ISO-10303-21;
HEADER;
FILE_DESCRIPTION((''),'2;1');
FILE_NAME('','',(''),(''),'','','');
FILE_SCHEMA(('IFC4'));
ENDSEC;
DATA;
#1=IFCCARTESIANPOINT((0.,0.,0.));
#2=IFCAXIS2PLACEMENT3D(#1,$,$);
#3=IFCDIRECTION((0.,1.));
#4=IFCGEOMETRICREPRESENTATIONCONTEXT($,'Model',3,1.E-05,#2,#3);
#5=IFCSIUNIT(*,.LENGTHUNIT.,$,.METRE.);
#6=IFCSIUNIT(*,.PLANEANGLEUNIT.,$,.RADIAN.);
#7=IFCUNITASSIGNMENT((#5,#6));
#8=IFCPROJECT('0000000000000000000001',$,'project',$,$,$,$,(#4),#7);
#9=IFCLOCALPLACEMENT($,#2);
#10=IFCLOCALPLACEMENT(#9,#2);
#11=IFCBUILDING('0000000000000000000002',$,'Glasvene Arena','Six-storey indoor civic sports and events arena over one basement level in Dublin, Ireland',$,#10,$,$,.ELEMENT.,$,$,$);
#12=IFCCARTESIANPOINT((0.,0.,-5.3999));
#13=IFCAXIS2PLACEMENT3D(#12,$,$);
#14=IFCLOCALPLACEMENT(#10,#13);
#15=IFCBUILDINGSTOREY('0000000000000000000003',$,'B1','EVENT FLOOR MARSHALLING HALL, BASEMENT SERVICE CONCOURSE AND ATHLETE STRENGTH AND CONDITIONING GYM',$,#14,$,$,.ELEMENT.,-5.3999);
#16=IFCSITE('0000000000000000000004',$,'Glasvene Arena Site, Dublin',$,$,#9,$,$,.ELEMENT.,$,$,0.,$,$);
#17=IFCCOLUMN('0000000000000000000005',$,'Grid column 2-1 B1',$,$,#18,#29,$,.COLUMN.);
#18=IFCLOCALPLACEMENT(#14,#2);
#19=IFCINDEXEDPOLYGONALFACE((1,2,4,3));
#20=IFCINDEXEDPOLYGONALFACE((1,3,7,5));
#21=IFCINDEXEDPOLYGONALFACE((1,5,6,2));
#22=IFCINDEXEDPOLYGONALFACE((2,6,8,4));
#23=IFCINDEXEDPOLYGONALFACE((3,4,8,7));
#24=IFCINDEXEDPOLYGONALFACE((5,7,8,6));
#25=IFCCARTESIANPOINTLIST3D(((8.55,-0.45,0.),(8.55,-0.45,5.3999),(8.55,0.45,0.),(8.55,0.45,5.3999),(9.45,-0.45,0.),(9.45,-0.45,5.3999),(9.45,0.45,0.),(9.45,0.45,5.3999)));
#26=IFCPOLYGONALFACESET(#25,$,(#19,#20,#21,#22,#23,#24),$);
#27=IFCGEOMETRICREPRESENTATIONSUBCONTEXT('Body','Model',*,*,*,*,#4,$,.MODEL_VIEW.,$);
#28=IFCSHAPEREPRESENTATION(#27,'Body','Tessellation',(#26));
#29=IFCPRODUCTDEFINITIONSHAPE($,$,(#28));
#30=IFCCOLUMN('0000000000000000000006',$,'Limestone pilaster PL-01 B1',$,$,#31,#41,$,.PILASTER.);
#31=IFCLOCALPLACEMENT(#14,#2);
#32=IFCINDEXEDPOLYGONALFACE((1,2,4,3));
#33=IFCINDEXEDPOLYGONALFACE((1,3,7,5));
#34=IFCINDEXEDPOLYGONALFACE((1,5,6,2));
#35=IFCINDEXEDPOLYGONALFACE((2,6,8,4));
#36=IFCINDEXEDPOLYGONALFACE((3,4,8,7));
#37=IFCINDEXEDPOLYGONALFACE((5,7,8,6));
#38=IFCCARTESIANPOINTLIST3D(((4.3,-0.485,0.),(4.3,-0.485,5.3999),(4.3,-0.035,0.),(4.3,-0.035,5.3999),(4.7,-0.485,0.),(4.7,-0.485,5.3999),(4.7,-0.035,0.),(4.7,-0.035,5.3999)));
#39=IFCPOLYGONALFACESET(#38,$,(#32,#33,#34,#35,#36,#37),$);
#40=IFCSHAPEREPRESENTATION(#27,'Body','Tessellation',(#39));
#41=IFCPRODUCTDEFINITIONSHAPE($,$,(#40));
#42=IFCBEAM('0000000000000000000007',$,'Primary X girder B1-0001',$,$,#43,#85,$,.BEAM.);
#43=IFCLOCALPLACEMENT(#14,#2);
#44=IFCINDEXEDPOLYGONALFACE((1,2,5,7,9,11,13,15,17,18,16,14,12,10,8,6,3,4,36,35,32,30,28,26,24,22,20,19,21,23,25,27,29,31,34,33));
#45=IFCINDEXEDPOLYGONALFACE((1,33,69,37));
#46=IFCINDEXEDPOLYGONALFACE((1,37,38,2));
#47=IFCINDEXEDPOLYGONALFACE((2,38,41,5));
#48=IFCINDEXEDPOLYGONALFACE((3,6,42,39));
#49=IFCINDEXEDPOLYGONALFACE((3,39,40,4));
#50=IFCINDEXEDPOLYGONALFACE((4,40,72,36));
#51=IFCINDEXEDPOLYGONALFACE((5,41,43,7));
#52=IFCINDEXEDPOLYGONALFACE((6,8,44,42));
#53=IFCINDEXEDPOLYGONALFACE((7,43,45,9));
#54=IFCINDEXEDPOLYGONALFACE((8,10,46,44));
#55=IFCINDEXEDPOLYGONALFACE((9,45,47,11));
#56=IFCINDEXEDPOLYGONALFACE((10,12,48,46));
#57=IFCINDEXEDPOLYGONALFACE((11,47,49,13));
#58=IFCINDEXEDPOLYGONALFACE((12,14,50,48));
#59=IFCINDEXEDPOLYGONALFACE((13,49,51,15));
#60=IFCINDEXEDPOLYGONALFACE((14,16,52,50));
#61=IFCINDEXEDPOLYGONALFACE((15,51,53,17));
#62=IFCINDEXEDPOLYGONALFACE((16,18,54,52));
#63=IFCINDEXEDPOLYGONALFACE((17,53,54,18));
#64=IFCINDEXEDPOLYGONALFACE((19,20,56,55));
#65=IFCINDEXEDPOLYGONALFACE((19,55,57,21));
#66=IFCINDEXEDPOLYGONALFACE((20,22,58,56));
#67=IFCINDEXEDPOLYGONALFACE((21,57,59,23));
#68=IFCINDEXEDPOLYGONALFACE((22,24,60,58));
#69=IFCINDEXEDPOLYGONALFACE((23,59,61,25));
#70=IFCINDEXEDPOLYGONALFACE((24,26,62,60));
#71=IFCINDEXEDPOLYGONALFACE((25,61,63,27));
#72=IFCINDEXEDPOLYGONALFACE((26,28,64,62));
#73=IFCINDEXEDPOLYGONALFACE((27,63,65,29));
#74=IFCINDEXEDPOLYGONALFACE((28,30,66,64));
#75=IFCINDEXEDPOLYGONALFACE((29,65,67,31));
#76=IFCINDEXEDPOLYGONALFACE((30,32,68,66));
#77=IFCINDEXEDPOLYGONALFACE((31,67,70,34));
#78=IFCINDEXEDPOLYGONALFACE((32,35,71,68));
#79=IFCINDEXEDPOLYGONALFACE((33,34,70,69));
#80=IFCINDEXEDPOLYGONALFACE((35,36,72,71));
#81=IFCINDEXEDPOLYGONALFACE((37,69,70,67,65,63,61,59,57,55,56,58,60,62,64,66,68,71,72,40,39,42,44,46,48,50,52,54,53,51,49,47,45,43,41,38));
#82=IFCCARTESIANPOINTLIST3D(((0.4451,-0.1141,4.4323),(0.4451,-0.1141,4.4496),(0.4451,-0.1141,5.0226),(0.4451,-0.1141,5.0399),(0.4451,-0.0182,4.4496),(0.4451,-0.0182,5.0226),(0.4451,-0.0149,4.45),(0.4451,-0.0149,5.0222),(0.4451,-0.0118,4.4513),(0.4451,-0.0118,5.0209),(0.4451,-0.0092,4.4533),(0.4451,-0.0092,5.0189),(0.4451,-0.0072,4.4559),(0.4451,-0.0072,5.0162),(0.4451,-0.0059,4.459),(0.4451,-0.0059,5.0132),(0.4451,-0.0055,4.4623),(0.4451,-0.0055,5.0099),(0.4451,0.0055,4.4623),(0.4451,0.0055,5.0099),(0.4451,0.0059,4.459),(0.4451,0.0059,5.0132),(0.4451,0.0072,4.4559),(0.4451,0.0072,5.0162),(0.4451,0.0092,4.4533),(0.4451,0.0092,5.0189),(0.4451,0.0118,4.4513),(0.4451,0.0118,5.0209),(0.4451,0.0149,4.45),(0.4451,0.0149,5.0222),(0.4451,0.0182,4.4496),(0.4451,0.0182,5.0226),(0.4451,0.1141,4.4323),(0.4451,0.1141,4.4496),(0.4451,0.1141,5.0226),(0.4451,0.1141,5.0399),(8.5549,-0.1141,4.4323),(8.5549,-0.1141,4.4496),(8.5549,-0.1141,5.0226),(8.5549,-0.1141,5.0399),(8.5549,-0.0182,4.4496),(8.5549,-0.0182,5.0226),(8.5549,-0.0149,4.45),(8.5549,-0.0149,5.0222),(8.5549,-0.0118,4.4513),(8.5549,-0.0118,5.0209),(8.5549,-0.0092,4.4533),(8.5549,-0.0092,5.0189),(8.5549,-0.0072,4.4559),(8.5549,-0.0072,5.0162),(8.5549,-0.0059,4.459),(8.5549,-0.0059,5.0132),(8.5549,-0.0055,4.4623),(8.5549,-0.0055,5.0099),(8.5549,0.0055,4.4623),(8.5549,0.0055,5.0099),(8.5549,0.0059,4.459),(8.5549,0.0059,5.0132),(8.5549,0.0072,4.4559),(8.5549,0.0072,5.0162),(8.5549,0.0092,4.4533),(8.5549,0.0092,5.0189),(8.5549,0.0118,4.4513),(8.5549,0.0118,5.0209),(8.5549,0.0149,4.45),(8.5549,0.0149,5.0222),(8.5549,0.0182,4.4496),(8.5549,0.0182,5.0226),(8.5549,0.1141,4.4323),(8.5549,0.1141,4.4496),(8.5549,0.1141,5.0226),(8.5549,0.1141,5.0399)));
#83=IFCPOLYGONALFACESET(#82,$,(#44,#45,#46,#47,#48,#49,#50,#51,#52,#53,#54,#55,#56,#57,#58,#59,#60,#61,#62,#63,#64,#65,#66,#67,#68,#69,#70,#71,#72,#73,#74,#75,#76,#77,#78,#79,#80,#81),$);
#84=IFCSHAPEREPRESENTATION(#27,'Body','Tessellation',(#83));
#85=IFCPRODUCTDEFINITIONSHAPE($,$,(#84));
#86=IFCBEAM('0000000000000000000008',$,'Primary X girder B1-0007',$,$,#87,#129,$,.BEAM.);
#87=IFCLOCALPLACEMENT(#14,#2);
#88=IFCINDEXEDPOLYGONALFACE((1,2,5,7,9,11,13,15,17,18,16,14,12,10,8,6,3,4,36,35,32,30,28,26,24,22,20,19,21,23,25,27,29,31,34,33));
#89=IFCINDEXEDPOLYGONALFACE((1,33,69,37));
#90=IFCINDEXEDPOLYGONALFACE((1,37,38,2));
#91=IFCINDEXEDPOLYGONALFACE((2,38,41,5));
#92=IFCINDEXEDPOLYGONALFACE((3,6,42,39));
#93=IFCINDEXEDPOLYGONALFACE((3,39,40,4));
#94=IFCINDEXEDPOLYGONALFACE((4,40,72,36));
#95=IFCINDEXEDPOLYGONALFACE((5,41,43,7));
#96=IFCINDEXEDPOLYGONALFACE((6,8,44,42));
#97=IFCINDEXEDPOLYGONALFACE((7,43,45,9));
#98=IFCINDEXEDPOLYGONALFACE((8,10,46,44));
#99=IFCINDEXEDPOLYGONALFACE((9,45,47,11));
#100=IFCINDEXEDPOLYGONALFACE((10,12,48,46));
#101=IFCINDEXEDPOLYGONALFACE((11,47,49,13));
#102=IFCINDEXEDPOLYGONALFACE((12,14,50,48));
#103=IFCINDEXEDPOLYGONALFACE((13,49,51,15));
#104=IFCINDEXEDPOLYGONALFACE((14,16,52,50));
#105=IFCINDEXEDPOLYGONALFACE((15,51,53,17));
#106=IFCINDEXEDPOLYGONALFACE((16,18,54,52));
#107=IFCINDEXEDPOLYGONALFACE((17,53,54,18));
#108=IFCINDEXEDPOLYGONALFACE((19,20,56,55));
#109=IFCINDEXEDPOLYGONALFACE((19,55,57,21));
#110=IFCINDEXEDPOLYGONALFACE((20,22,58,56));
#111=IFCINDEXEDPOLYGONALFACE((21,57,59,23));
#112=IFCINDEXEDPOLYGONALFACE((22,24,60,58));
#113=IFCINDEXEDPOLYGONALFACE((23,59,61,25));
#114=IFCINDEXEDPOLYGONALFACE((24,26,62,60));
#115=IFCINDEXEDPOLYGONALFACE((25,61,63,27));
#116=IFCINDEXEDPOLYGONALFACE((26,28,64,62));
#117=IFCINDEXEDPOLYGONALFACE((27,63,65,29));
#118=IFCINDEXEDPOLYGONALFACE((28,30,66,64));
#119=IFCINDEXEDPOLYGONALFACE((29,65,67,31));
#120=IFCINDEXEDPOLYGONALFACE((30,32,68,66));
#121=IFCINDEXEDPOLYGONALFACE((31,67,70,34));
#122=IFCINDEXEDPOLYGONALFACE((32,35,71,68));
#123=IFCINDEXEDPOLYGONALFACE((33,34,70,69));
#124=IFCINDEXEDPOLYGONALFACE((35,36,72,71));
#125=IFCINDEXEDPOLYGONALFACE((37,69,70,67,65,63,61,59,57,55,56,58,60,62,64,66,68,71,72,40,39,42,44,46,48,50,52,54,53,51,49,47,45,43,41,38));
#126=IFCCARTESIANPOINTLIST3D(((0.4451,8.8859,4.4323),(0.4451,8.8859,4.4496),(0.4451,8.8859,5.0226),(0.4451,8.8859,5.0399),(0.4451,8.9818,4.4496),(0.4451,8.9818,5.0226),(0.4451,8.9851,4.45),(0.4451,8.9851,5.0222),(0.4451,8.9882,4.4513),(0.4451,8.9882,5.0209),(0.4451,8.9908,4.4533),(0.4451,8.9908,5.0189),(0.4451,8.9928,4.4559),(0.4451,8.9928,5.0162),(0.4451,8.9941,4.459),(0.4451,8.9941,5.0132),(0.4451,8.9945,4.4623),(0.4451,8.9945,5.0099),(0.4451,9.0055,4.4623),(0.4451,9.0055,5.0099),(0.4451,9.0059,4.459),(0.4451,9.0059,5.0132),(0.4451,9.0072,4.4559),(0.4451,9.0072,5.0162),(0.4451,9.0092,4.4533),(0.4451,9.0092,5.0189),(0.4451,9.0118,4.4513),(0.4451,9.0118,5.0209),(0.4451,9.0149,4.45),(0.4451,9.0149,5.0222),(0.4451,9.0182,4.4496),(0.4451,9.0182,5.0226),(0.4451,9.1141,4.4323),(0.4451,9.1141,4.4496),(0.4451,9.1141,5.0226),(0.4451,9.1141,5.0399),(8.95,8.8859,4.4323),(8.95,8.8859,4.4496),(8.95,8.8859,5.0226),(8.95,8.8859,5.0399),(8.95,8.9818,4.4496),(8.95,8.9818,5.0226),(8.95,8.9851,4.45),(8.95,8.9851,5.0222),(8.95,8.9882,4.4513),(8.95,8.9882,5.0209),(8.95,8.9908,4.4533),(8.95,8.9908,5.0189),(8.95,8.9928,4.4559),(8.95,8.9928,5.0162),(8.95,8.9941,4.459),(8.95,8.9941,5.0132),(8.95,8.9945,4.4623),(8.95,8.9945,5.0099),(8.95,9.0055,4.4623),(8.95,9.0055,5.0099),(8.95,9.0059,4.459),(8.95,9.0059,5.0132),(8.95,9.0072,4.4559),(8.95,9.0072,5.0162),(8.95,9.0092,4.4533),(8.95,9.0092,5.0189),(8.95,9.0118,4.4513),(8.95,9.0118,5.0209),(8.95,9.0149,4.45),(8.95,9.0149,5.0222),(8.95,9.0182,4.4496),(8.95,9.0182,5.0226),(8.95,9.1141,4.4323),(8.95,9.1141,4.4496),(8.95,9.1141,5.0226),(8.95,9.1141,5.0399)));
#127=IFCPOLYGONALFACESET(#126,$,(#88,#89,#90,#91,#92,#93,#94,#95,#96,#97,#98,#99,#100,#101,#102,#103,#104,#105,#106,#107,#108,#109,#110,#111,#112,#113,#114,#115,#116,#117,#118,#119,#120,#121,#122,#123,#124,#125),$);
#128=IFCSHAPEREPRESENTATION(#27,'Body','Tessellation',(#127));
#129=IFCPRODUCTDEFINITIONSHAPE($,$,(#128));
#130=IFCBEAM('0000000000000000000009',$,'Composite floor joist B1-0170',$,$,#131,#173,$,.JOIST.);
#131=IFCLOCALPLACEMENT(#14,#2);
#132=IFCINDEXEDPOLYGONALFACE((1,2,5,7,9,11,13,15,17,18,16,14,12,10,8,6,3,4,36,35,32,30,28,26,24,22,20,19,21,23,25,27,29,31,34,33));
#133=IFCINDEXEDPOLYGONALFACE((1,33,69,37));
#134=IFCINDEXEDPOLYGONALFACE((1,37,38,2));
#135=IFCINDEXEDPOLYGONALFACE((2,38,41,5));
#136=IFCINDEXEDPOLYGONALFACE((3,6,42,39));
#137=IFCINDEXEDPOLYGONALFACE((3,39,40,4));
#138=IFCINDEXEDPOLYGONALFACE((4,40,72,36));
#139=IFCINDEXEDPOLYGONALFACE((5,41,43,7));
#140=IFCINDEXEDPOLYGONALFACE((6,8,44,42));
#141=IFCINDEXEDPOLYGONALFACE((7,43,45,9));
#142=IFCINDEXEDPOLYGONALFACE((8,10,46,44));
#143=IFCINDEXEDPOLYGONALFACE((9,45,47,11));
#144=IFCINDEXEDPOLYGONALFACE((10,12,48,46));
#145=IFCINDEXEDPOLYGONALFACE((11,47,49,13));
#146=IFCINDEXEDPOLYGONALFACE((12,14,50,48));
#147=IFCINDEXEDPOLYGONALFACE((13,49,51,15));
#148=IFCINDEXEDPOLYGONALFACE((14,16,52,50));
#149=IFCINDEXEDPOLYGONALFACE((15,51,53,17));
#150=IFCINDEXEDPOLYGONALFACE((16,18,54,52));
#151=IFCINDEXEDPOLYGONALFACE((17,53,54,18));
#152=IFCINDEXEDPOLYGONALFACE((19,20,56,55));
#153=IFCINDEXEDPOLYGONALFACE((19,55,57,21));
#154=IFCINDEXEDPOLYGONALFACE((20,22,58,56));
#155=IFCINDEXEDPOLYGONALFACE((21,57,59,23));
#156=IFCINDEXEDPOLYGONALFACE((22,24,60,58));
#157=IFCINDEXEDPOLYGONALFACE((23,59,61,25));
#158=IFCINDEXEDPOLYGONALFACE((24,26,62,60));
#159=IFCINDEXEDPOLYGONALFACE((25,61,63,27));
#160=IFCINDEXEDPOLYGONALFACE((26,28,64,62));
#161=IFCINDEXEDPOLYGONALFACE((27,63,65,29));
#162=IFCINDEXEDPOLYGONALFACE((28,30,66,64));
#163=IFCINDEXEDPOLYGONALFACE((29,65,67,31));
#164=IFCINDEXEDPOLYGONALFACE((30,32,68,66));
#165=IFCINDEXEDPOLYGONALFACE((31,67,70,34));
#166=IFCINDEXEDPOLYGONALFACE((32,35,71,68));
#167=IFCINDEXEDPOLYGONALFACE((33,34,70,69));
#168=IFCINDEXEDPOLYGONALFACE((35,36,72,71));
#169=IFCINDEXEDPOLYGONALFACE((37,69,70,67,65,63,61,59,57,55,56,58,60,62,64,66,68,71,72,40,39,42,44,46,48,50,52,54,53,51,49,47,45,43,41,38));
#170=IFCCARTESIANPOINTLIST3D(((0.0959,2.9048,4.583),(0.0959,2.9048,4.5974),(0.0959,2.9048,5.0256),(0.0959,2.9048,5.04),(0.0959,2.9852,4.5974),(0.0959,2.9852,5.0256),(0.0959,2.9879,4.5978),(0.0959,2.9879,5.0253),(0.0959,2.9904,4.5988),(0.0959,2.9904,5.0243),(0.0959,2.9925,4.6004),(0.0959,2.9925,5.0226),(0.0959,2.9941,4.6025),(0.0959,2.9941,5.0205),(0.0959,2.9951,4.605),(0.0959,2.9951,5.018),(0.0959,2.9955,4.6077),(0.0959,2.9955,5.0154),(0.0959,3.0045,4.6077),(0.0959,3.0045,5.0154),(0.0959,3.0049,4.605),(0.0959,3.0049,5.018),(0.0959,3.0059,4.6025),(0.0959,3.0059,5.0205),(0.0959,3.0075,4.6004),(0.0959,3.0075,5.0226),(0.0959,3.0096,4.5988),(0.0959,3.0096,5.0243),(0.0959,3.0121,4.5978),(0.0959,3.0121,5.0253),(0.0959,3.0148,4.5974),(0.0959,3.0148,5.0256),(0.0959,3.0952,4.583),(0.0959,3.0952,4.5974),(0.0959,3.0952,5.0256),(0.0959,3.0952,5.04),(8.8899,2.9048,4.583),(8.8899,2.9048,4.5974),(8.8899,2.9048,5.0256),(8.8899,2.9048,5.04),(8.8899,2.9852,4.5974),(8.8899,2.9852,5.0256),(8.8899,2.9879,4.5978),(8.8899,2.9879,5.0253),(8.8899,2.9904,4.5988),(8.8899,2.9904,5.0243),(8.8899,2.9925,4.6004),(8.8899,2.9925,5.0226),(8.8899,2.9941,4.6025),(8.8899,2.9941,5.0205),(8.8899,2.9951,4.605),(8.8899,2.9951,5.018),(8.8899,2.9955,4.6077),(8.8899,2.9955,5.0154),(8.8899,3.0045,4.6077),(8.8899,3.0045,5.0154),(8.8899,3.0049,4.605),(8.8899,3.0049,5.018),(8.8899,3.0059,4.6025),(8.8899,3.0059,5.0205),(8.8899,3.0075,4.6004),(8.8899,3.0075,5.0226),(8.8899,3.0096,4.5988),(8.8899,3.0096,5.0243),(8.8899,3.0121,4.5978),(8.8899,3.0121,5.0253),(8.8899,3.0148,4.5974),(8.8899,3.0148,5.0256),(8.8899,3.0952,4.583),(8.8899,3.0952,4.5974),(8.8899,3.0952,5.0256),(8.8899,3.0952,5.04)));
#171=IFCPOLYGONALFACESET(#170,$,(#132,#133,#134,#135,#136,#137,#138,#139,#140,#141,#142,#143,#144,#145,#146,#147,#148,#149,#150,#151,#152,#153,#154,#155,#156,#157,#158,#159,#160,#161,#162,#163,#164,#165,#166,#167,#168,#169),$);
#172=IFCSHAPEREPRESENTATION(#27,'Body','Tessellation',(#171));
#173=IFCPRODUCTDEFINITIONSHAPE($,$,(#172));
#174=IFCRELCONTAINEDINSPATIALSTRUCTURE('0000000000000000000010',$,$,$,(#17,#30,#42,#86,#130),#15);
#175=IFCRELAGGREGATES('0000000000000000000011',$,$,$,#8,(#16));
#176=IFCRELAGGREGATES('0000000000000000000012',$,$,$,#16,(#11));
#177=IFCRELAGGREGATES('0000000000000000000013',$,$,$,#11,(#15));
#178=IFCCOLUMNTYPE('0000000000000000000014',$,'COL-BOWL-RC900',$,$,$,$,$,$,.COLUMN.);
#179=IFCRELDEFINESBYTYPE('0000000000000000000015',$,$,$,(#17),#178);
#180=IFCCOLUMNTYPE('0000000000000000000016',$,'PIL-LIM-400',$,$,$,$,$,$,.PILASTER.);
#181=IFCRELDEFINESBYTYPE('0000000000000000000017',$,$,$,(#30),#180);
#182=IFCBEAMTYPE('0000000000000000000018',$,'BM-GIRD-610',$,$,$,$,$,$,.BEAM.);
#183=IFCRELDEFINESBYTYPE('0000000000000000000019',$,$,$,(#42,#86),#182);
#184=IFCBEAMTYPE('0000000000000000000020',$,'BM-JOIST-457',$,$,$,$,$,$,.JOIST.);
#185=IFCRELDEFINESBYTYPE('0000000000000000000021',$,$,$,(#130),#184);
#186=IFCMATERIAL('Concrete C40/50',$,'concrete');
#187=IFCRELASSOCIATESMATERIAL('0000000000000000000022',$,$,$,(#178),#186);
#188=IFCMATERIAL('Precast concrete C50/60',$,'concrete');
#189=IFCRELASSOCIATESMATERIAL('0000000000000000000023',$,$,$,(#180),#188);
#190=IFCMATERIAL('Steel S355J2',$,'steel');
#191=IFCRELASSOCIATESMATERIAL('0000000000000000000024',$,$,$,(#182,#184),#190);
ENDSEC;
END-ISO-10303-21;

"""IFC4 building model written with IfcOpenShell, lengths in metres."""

from ifc_helpers import new_model, si_unit, direction, frame, origin, origin_2d, place, context, subcontext, project, spatial, rectangle, i_section, extrude, material, material_profile, profile_set, type_object, element, save


model = new_model("IFC4")

# Units and contexts
model_context = context("Model", 3, precision=1e-05, world=origin(), true_north=direction((0.0, 1.0)))
body_context = subcontext(model_context, "Body", "Model", "MODEL_VIEW")
ifc_project = project(units=[si_unit("LENGTHUNIT", "METRE"), si_unit("PLANEANGLEUNIT", "RADIAN")], contexts=[model_context])

# Site, building, storey
site_placement = place(None, origin())
site = spatial("IfcSite", under=ifc_project, at=site_placement, Name="Glasvene Arena Site, Dublin", CompositionType="ELEMENT", RefElevation=0.0)
building_placement = place(site_placement, origin())
building = spatial("IfcBuilding", under=site, at=building_placement, Name="Glasvene Arena", Description="Six-storey indoor civic sports and events arena over one basement level in Dublin, Ireland", CompositionType="ELEMENT")
storey_placement = place(building_placement, frame((0.0, 0.0, -5.3999)))
storey = spatial("IfcBuildingStorey", under=building, at=storey_placement, Name="B1", Description="EVENT FLOOR MARSHALLING HALL, BASEMENT SERVICE CONCOURSE AND ATHLETE STRENGTH AND CONDITIONING GYM", CompositionType="ELEMENT", Elevation=-5.3999)

# Shared definitions
ifc_material_1 = material(Name="Concrete C40/50", Category="concrete")

# Columns
ifc_material_profile_1 = material_profile(ifc_material_1, rectangle(XDim=0.8999, YDim=0.8999, at=origin_2d()), Name="RC 900x900")
ifc_profile_set_1 = profile_set([ifc_material_profile_1], Name="Concrete C40/50")
column_type_1 = type_object("IfcColumnType", Name="COL-BOWL-RC900", PredefinedType="COLUMN", material=ifc_profile_set_1)
for number, where, z_axis, x_axis, name in (
    (1, (9.0, 0.0, 0.0), (0.0, 0.0, 1.0), (1.0, 0.0, 0.0), "Grid column 2-1 B1"),
):
    element("IfcColumn", number, at=place(storey_placement, frame(where, z_axis=z_axis, x_axis=x_axis)), inside=storey, type_object=column_type_1, Name=name, PredefinedType="COLUMN", context=body_context, shape_type="SweptSolid", body=[
        extrude(rectangle(XDim=0.8999, YDim=0.8999, at=origin_2d()), origin(), (0.0, 0.0, 1.0), 5.3999),
    ])
ifc_material_2 = material(Name="Precast concrete C50/60", Category="concrete")
ifc_material_profile_2 = material_profile(ifc_material_2, rectangle(XDim=0.3999, YDim=0.45, at=origin_2d()), Name="RC 400x450")
ifc_profile_set_2 = profile_set([ifc_material_profile_2], Name="Precast concrete C50/60")
column_type_2 = type_object("IfcColumnType", Name="PIL-LIM-400", PredefinedType="PILASTER", material=ifc_profile_set_2)
column_placement = place(storey_placement, frame((4.5, -0.26, 0.0), z_axis=(0.0, 0.0, 1.0), x_axis=(1.0, 0.0, 0.0)))
element("IfcColumn", 2, at=column_placement, inside=storey, type_object=column_type_2, Name="Limestone pilaster PL-01 B1", PredefinedType="PILASTER", context=body_context, shape_type="SweptSolid", body=[
    extrude(rectangle(XDim=0.3999, YDim=0.45, at=origin_2d()), origin(), (0.0, 0.0, 1.0), 5.3999),
])

# Beams
ifc_material_3 = material(Name="Steel S355J2", Category="steel")
ifc_material_profile_3 = material_profile(ifc_material_3, i_section(OverallWidth=0.2283, OverallDepth=0.6077, WebThickness=0.011, FlangeThickness=0.0173, FilletRadius=0.0127, at=origin_2d()), Name="UKB 610x229x113")
ifc_profile_set_3 = profile_set([ifc_material_profile_3], Name="Steel S355J2")
beam_type_1 = type_object("IfcBeamType", Name="BM-GIRD-610", PredefinedType="BEAM", material=ifc_profile_set_3)
beam_1_placement = place(storey_placement, frame((0.4451, 0.0, 4.7361), z_axis=(1.0, 0.0, 0.0), x_axis=(0.0, 1.0, 0.0)))
element("IfcBeam", 3, at=beam_1_placement, inside=storey, type_object=beam_type_1, Name="Primary X girder B1-0001", PredefinedType="BEAM", context=body_context, shape_type="SweptSolid", body=[
    extrude(i_section(OverallWidth=0.2283, OverallDepth=0.6077, WebThickness=0.011, FlangeThickness=0.0173, FilletRadius=0.0127, at=origin_2d()), origin(), (0.0, 0.0, 1.0), 8.1099),
])
beam_2_placement = place(storey_placement, frame((0.4451, 9.0, 4.7361), z_axis=(1.0, 0.0, 0.0), x_axis=(0.0, 1.0, 0.0)))
element("IfcBeam", 4, at=beam_2_placement, inside=storey, type_object=beam_type_1, Name="Primary X girder B1-0007", PredefinedType="BEAM", context=body_context, shape_type="SweptSolid", body=[
    extrude(i_section(OverallWidth=0.2283, OverallDepth=0.6077, WebThickness=0.011, FlangeThickness=0.0173, FilletRadius=0.0127, at=origin_2d()), origin(), (0.0, 0.0, 1.0), 8.5049),
])
ifc_material_profile_4 = material_profile(ifc_material_3, i_section(OverallWidth=0.1904, OverallDepth=0.457, WebThickness=0.009, FlangeThickness=0.0144, FilletRadius=0.0103, at=origin_2d()), Name="UKB 457x191x74")
ifc_profile_set_4 = profile_set([ifc_material_profile_4], Name="Steel S355J2")
beam_type_2 = type_object("IfcBeamType", Name="BM-JOIST-457", PredefinedType="JOIST", material=ifc_profile_set_4)
for number, where, z_axis, x_axis, name in (
    (5, (0.0959, 3.0, 4.8115), (1.0, 0.0, 0.0), (0.0, 1.0, 0.0), "Composite floor joist B1-0170"),
):
    element("IfcBeam", number, at=place(storey_placement, frame(where, z_axis=z_axis, x_axis=x_axis)), inside=storey, type_object=beam_type_2, Name=name, PredefinedType="JOIST", context=body_context, shape_type="SweptSolid", body=[
        extrude(i_section(OverallWidth=0.1904, OverallDepth=0.457, WebThickness=0.009, FlangeThickness=0.0144, FilletRadius=0.0103, at=origin_2d()), origin(), (0.0, 0.0, 1.0), 8.7939),
    ])

save(model, "model.ifc")
